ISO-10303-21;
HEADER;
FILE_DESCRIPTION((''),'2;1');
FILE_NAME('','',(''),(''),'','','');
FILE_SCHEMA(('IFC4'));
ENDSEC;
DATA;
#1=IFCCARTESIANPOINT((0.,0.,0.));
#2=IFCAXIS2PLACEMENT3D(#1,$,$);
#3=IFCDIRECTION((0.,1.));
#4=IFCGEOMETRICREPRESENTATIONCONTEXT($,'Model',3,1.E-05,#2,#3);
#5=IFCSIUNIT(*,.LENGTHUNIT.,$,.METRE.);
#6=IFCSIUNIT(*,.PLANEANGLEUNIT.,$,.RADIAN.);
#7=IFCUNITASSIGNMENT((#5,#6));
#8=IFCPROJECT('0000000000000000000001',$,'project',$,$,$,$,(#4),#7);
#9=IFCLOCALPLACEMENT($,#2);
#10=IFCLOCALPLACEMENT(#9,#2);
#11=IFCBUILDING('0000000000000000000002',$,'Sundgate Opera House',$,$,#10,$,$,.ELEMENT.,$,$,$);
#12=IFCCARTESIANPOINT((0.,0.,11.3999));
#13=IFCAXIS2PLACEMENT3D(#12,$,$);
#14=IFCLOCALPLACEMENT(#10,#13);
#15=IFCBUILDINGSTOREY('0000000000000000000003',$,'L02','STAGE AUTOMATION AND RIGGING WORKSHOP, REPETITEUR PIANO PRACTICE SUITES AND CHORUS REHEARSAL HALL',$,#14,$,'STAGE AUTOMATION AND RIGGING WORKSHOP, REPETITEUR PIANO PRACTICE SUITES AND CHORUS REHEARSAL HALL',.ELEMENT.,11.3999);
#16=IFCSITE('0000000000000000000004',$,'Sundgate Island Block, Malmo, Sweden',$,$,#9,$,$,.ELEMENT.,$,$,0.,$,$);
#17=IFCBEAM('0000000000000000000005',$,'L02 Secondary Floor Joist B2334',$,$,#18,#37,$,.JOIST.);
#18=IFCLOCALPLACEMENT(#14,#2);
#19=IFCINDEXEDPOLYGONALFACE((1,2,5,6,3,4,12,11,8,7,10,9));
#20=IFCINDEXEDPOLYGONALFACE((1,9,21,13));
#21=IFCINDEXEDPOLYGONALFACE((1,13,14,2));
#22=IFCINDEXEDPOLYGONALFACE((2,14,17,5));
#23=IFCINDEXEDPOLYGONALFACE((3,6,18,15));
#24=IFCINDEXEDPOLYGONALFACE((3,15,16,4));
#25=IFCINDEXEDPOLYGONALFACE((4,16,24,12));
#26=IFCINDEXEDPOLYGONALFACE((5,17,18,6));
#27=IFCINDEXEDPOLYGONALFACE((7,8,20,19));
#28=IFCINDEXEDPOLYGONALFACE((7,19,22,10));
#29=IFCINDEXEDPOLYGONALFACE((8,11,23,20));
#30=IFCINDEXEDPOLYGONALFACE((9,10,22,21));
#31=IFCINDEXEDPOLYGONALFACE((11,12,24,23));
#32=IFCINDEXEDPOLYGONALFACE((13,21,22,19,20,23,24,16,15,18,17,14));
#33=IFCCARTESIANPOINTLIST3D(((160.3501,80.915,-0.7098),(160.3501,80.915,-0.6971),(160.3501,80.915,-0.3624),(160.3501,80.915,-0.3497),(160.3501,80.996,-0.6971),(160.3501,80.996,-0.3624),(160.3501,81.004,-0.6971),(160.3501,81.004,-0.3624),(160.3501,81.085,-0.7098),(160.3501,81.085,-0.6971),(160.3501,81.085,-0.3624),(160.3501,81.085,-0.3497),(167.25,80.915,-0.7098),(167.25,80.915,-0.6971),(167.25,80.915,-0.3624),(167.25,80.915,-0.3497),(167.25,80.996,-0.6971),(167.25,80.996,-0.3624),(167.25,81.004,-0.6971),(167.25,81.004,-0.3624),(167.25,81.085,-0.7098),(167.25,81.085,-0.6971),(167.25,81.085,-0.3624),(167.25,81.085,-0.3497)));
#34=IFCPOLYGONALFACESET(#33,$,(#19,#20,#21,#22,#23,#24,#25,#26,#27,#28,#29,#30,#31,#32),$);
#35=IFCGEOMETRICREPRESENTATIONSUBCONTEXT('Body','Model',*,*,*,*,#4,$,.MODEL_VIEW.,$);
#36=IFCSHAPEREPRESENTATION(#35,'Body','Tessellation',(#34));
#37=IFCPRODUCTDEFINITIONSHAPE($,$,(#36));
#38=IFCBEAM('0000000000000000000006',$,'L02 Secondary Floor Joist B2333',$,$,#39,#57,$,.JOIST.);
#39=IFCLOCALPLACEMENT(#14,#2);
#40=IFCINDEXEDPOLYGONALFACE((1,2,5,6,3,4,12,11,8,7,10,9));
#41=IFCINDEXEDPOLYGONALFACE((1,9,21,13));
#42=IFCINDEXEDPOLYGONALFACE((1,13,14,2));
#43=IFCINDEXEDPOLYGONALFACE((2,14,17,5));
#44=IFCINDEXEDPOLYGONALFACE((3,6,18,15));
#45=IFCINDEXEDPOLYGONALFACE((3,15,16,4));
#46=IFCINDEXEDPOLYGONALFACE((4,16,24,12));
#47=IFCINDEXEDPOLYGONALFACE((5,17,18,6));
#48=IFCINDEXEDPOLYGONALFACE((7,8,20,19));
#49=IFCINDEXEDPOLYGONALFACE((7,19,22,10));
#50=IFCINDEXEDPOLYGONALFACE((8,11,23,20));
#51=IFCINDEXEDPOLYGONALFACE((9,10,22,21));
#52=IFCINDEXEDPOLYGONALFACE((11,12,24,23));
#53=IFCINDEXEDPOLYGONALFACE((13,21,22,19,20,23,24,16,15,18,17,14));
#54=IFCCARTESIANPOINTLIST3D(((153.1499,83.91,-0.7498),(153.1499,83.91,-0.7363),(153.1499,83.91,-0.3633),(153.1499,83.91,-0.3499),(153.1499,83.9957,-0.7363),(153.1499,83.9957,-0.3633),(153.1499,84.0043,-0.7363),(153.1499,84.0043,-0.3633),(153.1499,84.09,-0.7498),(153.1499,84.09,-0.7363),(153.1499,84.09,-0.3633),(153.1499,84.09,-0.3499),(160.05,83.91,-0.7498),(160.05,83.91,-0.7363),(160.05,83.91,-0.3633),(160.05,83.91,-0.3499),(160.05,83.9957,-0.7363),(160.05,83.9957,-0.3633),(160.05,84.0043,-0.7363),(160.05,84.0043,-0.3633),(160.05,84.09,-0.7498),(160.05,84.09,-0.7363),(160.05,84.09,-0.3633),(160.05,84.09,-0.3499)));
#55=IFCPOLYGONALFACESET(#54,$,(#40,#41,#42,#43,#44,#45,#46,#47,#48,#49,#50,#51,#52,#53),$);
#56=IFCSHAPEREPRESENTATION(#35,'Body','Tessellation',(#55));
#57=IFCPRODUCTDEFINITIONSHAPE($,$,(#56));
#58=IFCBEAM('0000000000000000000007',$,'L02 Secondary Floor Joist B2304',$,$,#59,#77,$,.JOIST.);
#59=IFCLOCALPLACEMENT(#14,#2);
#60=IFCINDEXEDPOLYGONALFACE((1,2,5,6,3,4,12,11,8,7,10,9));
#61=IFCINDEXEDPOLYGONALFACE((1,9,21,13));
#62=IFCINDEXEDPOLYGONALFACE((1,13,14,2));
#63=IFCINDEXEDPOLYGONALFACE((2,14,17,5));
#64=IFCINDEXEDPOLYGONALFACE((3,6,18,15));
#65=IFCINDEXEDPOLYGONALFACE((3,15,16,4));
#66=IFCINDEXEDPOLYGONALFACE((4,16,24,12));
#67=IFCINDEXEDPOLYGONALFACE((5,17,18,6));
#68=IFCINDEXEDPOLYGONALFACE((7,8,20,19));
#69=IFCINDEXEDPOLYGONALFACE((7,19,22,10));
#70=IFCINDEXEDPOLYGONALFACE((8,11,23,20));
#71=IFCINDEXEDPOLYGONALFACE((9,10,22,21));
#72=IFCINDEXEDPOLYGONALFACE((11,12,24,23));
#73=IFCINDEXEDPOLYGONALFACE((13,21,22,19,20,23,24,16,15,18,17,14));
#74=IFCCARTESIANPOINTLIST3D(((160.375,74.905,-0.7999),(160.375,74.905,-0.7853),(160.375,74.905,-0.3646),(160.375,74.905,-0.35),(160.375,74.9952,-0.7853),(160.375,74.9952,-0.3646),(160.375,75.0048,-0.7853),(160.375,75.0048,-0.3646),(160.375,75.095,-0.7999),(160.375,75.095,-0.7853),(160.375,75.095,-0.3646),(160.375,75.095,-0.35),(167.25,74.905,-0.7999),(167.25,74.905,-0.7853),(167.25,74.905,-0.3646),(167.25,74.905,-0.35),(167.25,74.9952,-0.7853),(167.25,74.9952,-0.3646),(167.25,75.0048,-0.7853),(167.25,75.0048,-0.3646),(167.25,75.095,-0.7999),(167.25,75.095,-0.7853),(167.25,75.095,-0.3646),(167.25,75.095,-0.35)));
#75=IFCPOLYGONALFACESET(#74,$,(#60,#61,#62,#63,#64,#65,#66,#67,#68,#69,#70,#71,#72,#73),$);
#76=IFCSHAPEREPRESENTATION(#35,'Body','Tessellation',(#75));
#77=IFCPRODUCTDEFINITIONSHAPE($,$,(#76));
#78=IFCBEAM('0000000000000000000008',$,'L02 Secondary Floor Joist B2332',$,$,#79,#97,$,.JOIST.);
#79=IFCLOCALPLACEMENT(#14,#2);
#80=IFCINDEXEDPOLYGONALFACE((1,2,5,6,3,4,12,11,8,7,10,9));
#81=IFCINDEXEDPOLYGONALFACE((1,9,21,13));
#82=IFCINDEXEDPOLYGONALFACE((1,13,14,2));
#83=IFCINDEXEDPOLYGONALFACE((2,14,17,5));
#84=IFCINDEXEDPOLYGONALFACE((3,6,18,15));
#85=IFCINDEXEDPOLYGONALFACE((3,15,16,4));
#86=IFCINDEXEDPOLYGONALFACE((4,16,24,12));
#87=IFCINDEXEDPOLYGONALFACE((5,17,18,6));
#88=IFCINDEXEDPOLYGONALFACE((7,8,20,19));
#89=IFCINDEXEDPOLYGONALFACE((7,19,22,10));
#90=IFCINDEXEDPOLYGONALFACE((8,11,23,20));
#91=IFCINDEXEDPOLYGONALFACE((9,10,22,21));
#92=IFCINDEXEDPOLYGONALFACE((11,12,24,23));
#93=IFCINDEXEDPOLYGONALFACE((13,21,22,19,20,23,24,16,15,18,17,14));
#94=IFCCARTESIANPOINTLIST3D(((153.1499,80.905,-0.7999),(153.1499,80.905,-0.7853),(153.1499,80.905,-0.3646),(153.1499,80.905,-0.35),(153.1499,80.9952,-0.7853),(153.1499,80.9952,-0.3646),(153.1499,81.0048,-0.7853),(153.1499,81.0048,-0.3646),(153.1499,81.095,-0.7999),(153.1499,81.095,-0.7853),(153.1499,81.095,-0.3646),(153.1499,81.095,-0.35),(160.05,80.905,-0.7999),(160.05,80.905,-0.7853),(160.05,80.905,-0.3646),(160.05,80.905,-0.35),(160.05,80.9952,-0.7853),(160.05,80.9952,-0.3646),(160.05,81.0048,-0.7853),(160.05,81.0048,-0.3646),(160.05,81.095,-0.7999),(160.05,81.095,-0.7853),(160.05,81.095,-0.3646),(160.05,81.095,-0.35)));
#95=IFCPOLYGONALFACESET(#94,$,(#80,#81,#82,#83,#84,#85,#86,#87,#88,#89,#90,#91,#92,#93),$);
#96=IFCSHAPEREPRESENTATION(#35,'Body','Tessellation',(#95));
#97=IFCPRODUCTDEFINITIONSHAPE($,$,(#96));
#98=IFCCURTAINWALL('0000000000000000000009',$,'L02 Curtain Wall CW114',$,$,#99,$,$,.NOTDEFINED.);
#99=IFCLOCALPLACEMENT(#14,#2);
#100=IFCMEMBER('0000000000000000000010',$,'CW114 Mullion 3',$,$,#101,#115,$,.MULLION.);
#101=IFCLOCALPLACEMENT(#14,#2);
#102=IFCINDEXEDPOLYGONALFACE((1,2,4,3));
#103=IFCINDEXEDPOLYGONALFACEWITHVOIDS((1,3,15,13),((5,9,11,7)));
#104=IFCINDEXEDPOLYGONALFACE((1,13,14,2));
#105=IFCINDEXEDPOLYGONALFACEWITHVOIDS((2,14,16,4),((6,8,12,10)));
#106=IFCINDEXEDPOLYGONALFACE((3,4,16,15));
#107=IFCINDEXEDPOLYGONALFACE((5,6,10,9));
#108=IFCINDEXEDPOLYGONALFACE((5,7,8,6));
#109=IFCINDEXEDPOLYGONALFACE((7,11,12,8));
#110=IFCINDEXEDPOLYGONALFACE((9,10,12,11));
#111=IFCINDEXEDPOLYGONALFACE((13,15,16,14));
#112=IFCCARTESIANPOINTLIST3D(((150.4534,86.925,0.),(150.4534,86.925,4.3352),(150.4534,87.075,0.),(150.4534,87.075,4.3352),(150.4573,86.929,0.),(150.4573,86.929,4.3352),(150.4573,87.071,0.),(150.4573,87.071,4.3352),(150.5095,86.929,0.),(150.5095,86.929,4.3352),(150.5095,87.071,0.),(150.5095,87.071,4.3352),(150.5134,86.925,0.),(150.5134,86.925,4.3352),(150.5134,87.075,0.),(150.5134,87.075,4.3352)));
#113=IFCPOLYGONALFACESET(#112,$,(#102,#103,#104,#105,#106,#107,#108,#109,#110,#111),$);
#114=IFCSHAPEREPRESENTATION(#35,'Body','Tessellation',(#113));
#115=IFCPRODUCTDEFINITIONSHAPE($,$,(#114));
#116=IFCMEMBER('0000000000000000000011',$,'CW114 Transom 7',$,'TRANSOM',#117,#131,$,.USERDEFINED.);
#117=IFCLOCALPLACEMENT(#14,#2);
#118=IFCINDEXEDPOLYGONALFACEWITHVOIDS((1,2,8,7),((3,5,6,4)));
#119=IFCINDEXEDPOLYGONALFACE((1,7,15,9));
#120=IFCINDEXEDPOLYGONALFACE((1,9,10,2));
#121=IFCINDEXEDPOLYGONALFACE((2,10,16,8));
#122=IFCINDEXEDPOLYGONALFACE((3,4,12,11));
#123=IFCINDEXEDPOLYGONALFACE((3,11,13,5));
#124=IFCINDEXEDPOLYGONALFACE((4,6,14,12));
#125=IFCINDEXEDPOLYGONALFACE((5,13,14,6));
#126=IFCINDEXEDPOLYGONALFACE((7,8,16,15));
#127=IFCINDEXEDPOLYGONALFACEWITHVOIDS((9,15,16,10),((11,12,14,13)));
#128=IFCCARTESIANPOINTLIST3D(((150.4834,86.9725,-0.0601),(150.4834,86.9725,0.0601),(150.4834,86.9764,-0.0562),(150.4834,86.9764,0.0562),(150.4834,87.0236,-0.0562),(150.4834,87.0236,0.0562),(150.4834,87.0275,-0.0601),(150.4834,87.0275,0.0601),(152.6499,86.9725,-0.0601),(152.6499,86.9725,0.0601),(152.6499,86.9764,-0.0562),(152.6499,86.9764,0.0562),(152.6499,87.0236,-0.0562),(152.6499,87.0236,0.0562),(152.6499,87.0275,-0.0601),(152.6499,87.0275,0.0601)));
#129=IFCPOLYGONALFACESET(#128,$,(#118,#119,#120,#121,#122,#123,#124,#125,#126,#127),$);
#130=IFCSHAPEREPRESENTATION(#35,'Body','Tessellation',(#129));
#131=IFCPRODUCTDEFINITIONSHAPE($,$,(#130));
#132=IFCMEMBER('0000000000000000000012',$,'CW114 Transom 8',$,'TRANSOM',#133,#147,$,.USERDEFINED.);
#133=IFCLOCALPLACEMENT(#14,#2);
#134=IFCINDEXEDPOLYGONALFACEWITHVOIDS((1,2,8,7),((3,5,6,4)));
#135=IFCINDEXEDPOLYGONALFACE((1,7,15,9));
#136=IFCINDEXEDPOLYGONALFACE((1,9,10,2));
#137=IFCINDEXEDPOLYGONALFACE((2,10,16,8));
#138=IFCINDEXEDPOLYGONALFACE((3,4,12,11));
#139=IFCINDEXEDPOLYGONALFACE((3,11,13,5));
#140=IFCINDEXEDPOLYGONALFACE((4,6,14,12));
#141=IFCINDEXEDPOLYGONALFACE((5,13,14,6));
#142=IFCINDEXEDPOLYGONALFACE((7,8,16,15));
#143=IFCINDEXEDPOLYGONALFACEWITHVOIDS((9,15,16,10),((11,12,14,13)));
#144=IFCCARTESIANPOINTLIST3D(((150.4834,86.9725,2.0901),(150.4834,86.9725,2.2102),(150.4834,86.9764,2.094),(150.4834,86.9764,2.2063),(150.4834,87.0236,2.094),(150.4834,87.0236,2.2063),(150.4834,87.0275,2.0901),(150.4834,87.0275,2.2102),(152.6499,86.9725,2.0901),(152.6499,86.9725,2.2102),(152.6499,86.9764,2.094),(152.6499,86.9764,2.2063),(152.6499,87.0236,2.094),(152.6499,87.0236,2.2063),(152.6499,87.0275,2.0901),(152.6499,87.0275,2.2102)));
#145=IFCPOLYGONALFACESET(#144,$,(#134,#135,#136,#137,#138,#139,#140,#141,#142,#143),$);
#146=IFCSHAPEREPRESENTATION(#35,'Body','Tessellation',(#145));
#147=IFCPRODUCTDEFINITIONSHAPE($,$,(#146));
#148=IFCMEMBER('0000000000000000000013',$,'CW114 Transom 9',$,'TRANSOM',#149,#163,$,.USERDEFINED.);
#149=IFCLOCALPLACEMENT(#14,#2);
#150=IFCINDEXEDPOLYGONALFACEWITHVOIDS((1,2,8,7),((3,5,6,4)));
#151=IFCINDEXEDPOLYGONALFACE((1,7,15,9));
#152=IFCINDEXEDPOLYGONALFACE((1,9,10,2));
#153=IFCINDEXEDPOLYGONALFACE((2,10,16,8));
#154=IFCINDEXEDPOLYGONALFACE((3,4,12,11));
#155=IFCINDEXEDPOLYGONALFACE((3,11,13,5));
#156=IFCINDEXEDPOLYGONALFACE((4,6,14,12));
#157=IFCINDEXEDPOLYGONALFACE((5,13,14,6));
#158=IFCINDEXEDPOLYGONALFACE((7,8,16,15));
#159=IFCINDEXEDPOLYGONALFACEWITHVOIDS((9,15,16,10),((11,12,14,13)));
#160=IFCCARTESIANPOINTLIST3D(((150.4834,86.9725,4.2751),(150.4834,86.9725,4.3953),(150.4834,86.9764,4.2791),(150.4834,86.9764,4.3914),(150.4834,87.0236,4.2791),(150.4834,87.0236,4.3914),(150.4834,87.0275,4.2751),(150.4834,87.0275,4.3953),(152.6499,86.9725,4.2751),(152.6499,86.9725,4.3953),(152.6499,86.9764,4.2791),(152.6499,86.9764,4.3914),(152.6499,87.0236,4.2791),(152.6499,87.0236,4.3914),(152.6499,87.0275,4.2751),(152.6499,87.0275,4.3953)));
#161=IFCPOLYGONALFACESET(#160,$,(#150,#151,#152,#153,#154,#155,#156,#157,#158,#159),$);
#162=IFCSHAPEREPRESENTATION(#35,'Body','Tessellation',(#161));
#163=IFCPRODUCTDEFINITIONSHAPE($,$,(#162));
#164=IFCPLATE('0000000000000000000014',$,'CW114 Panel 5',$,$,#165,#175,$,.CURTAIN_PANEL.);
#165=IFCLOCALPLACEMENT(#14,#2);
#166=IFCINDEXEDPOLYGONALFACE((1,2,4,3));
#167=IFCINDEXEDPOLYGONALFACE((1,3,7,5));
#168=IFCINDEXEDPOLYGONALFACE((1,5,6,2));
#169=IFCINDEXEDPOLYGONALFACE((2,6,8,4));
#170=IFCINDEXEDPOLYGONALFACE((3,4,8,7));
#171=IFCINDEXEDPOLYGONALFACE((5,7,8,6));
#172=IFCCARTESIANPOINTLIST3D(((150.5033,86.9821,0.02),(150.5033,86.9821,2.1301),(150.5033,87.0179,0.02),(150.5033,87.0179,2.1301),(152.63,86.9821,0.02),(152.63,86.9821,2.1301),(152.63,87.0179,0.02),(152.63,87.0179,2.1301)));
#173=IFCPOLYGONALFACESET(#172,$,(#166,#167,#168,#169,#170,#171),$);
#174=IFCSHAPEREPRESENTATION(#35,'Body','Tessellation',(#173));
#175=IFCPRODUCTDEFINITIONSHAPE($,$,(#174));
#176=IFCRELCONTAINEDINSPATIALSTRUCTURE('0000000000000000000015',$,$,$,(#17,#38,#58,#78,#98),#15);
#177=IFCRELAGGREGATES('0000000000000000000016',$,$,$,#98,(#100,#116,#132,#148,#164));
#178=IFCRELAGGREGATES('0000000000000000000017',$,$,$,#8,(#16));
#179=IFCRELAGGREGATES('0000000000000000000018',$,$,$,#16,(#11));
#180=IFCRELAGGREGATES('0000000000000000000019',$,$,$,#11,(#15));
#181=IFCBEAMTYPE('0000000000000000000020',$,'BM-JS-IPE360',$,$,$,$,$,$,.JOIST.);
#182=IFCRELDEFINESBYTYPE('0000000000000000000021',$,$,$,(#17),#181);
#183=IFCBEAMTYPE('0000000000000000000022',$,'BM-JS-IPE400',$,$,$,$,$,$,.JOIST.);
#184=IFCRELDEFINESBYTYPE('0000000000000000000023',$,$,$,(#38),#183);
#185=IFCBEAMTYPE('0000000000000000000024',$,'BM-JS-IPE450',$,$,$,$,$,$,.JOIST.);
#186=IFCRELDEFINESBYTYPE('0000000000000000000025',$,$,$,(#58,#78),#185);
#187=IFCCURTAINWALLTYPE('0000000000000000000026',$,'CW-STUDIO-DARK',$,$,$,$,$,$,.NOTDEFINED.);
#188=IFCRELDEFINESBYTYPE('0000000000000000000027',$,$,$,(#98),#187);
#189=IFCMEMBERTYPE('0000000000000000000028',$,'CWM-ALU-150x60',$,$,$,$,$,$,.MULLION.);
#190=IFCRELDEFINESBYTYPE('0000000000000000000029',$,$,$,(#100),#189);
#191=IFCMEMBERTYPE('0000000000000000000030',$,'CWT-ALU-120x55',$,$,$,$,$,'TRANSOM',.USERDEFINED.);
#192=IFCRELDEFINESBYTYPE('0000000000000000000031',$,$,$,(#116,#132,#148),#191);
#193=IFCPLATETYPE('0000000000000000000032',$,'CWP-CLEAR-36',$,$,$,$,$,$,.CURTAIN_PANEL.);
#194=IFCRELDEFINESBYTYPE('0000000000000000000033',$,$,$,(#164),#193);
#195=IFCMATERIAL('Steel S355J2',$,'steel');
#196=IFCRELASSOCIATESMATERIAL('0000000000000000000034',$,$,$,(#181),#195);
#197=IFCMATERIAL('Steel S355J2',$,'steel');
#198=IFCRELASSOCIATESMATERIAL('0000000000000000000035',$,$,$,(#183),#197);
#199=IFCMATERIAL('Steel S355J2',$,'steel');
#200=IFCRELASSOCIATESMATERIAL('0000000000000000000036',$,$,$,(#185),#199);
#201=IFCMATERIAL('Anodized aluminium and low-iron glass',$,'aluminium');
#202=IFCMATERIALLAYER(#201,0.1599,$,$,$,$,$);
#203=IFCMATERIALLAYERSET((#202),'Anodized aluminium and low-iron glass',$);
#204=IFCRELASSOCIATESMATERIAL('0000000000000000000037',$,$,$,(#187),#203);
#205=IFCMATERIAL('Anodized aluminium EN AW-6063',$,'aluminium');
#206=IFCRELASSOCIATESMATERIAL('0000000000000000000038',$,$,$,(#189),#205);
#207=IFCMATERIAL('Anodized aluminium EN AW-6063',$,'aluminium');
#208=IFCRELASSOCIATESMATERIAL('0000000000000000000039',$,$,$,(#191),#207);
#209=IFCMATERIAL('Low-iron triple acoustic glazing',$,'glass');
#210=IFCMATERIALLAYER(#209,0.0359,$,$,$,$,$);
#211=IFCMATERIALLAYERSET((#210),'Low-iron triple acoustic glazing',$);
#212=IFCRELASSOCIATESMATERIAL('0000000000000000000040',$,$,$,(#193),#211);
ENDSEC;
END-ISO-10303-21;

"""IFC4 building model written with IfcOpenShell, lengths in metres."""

from ifc_helpers import new_model, si_unit, direction, frame, origin, origin_2d, place, context, subcontext, project, spatial, rectangle, hollow_rectangle, i_section, extrude, material, layer, layer_set, material_profile, profile_set, type_object, element, aggregate, save


model = new_model("IFC4")

# Units and contexts
model_context = context("Model", 3, precision=1e-05, world=origin(), true_north=direction((0.0, 1.0)))
body_context = subcontext(model_context, "Body", "Model", "MODEL_VIEW")
ifc_project = project(units=[si_unit("LENGTHUNIT", "METRE"), si_unit("PLANEANGLEUNIT", "RADIAN")], contexts=[model_context])

# Site, building, storey
site_placement = place(None, origin())
site = spatial("IfcSite", under=ifc_project, at=site_placement, Name="Sundgate Island Block, Malmo, Sweden", CompositionType="ELEMENT", RefElevation=0.0)
building_placement = place(site_placement, origin())
building = spatial("IfcBuilding", under=site, at=building_placement, Name="Sundgate Opera House", CompositionType="ELEMENT")
storey_placement = place(building_placement, frame((0.0, 0.0, 11.3999)))
storey = spatial("IfcBuildingStorey", under=building, at=storey_placement, Name="L02", Description="STAGE AUTOMATION AND RIGGING WORKSHOP, REPETITEUR PIANO PRACTICE SUITES AND CHORUS REHEARSAL HALL", LongName="STAGE AUTOMATION AND RIGGING WORKSHOP, REPETITEUR PIANO PRACTICE SUITES AND CHORUS REHEARSAL HALL", CompositionType="ELEMENT", Elevation=11.3999)

# Beams
ifc_material_1 = material(Name="Steel S355J2", Category="steel")
ifc_material_profile_1 = material_profile(ifc_material_1, i_section(OverallWidth=0.1699, OverallDepth=0.3601, WebThickness=0.0081, FlangeThickness=0.0127, at=origin_2d()), Name="IPE 360")
ifc_profile_set_1 = profile_set([ifc_material_profile_1], Name="Steel S355J2")
beam_type_1 = type_object("IfcBeamType", Name="BM-JS-IPE360", PredefinedType="JOIST", material=ifc_profile_set_1)
beam_1_placement = place(storey_placement, frame((160.3501, 81.0, -0.5298), z_axis=(1.0, 0.0, 0.0), x_axis=(0.0, 1.0, 0.0)))
element("IfcBeam", 1, at=beam_1_placement, inside=storey, type_object=beam_type_1, Name="L02 Secondary Floor Joist B2334", PredefinedType="JOIST", context=body_context, shape_type="SweptSolid", body=[
    extrude(i_section(OverallWidth=0.1699, OverallDepth=0.3601, WebThickness=0.0081, FlangeThickness=0.0127, at=origin_2d()), origin(), (0.0, 0.0, 1.0), 6.8999),
])
ifc_material_2 = material(Name="Steel S355J2", Category="steel")
ifc_material_profile_2 = material_profile(ifc_material_2, i_section(OverallWidth=0.1799, OverallDepth=0.3999, WebThickness=0.0085, FlangeThickness=0.0134, at=origin_2d()), Name="IPE 400")
ifc_profile_set_2 = profile_set([ifc_material_profile_2], Name="Steel S355J2")
beam_type_2 = type_object("IfcBeamType", Name="BM-JS-IPE400", PredefinedType="JOIST", material=ifc_profile_set_2)
beam_2_placement = place(storey_placement, frame((153.1499, 84.0, -0.5498), z_axis=(1.0, 0.0, 0.0), x_axis=(0.0, 1.0, 0.0)))
element("IfcBeam", 2, at=beam_2_placement, inside=storey, type_object=beam_type_2, Name="L02 Secondary Floor Joist B2333", PredefinedType="JOIST", context=body_context, shape_type="SweptSolid", body=[
    extrude(i_section(OverallWidth=0.1799, OverallDepth=0.3999, WebThickness=0.0085, FlangeThickness=0.0134, at=origin_2d()), origin(), (0.0, 0.0, 1.0), 6.9001),
])
ifc_material_3 = material(Name="Steel S355J2", Category="steel")
ifc_material_profile_3 = material_profile(ifc_material_3, i_section(OverallWidth=0.1899, OverallDepth=0.45, WebThickness=0.0095, FlangeThickness=0.0146, at=origin_2d()), Name="IPE 450")
ifc_profile_set_3 = profile_set([ifc_material_profile_3], Name="Steel S355J2")
beam_type_3 = type_object("IfcBeamType", Name="BM-JS-IPE450", PredefinedType="JOIST", material=ifc_profile_set_3)
beam_3_placement = place(storey_placement, frame((160.375, 75.0, -0.575), z_axis=(1.0, 0.0, 0.0), x_axis=(0.0, 1.0, 0.0)))
element("IfcBeam", 3, at=beam_3_placement, inside=storey, type_object=beam_type_3, Name="L02 Secondary Floor Joist B2304", PredefinedType="JOIST", context=body_context, shape_type="SweptSolid", body=[
    extrude(i_section(OverallWidth=0.1899, OverallDepth=0.45, WebThickness=0.0095, FlangeThickness=0.0146, at=origin_2d()), origin(), (0.0, 0.0, 1.0), 6.875),
])
beam_4_placement = place(storey_placement, frame((153.1499, 81.0, -0.575), z_axis=(1.0, 0.0, 0.0), x_axis=(0.0, 1.0, 0.0)))
element("IfcBeam", 4, at=beam_4_placement, inside=storey, type_object=beam_type_3, Name="L02 Secondary Floor Joist B2332", PredefinedType="JOIST", context=body_context, shape_type="SweptSolid", body=[
    extrude(i_section(OverallWidth=0.1899, OverallDepth=0.45, WebThickness=0.0095, FlangeThickness=0.0146, at=origin_2d()), origin(), (0.0, 0.0, 1.0), 6.9001),
])

# Curtain wall, members, plate
ifc_material_4 = material(Name="Anodized aluminium and low-iron glass", Category="aluminium")
ifc_layer_1 = layer(ifc_material_4, 0.1599)
ifc_layer_set_1 = layer_set([ifc_layer_1], Name="Anodized aluminium and low-iron glass")
curtain_wall_type = type_object("IfcCurtainWallType", Name="CW-STUDIO-DARK", PredefinedType="NOTDEFINED", material=ifc_layer_set_1)
curtain_wall_placement = place(storey_placement, origin())
curtain_wall = element("IfcCurtainWall", 5, at=curtain_wall_placement, inside=storey, type_object=curtain_wall_type, Name="L02 Curtain Wall CW114", PredefinedType="NOTDEFINED")
ifc_material_5 = material(Name="Anodized aluminium EN AW-6063", Category="aluminium")
ifc_material_profile_4 = material_profile(ifc_material_5, hollow_rectangle(XDim=0.0601, YDim=0.1499, WallThickness=0.0039, at=origin_2d()), Name="CWM 150x60x4")
ifc_profile_set_4 = profile_set([ifc_material_profile_4], Name="Anodized aluminium EN AW-6063")
member_type_1 = type_object("IfcMemberType", Name="CWM-ALU-150x60", PredefinedType="MULLION", material=ifc_profile_set_4)
member_1_placement = place(storey_placement, frame((150.4834, 87.0, 0.0), z_axis=(0.0, 0.0, 1.0), x_axis=(1.0, 0.0, 0.0)))
member_1 = element("IfcMember", 6, at=member_1_placement, type_object=member_type_1, Name="CW114 Mullion 3", PredefinedType="MULLION", context=body_context, shape_type="SweptSolid", body=[
    extrude(hollow_rectangle(XDim=0.0601, YDim=0.1499, WallThickness=0.0039, at=origin_2d()), origin(), (0.0, 0.0, 1.0), 4.3352),
])
ifc_material_6 = material(Name="Anodized aluminium EN AW-6063", Category="aluminium")
ifc_material_profile_5 = material_profile(ifc_material_6, hollow_rectangle(XDim=0.0549, YDim=0.1201, WallThickness=0.0039, at=origin_2d()), Name="CWT 120x55x4")
ifc_profile_set_5 = profile_set([ifc_material_profile_5], Name="Anodized aluminium EN AW-6063")
member_type_2 = type_object("IfcMemberType", Name="CWT-ALU-120x55", ElementType="TRANSOM", PredefinedType="USERDEFINED", material=ifc_profile_set_5)
member_2_placement = place(storey_placement, frame((150.4834, 87.0, 0.0), z_axis=(1.0, 0.0, 0.0), x_axis=(0.0, 1.0, 0.0)))
member_2 = element("IfcMember", 7, at=member_2_placement, type_object=member_type_2, Name="CW114 Transom 7", ObjectType="TRANSOM", PredefinedType="USERDEFINED", context=body_context, shape_type="SweptSolid", body=[
    extrude(hollow_rectangle(XDim=0.0549, YDim=0.1201, WallThickness=0.0039, at=origin_2d()), origin(), (0.0, 0.0, 1.0), 2.1665),
])
member_3_placement = place(storey_placement, frame((150.4834, 87.0, 2.1501), z_axis=(1.0, 0.0, 0.0), x_axis=(0.0, 1.0, 0.0)))
member_3 = element("IfcMember", 8, at=member_3_placement, type_object=member_type_2, Name="CW114 Transom 8", ObjectType="TRANSOM", PredefinedType="USERDEFINED", context=body_context, shape_type="SweptSolid", body=[
    extrude(hollow_rectangle(XDim=0.0549, YDim=0.1201, WallThickness=0.0039, at=origin_2d()), origin(), (0.0, 0.0, 1.0), 2.1665),
])
member_4_placement = place(storey_placement, frame((150.4834, 87.0, 4.3352), z_axis=(1.0, 0.0, 0.0), x_axis=(0.0, 1.0, 0.0)))
member_4 = element("IfcMember", 9, at=member_4_placement, type_object=member_type_2, Name="CW114 Transom 9", ObjectType="TRANSOM", PredefinedType="USERDEFINED", context=body_context, shape_type="SweptSolid", body=[
    extrude(hollow_rectangle(XDim=0.0549, YDim=0.1201, WallThickness=0.0039, at=origin_2d()), origin(), (0.0, 0.0, 1.0), 2.1665),
])
ifc_material_7 = material(Name="Low-iron triple acoustic glazing", Category="glass")
ifc_layer_2 = layer(ifc_material_7, 0.0359)
ifc_layer_set_2 = layer_set([ifc_layer_2], Name="Low-iron triple acoustic glazing")
plate_type = type_object("IfcPlateType", Name="CWP-CLEAR-36", PredefinedType="CURTAIN_PANEL", material=ifc_layer_set_2)
plate_placement = place(storey_placement, frame((151.5667, 87.0, 0.02), z_axis=(0.0, 0.0, 1.0), x_axis=(1.0, 0.0, 0.0)))
plate = element("IfcPlate", 10, at=plate_placement, type_object=plate_type, Name="CW114 Panel 5", PredefinedType="CURTAIN_PANEL", context=body_context, shape_type="SweptSolid", body=[
    extrude(rectangle(XDim=2.1267, YDim=0.0359, at=origin_2d()), origin(), (0.0, 0.0, 1.0), 2.1101),
])
aggregate(curtain_wall, [member_1, member_2, member_3, member_4, plate])

save(model, "model.ifc")
